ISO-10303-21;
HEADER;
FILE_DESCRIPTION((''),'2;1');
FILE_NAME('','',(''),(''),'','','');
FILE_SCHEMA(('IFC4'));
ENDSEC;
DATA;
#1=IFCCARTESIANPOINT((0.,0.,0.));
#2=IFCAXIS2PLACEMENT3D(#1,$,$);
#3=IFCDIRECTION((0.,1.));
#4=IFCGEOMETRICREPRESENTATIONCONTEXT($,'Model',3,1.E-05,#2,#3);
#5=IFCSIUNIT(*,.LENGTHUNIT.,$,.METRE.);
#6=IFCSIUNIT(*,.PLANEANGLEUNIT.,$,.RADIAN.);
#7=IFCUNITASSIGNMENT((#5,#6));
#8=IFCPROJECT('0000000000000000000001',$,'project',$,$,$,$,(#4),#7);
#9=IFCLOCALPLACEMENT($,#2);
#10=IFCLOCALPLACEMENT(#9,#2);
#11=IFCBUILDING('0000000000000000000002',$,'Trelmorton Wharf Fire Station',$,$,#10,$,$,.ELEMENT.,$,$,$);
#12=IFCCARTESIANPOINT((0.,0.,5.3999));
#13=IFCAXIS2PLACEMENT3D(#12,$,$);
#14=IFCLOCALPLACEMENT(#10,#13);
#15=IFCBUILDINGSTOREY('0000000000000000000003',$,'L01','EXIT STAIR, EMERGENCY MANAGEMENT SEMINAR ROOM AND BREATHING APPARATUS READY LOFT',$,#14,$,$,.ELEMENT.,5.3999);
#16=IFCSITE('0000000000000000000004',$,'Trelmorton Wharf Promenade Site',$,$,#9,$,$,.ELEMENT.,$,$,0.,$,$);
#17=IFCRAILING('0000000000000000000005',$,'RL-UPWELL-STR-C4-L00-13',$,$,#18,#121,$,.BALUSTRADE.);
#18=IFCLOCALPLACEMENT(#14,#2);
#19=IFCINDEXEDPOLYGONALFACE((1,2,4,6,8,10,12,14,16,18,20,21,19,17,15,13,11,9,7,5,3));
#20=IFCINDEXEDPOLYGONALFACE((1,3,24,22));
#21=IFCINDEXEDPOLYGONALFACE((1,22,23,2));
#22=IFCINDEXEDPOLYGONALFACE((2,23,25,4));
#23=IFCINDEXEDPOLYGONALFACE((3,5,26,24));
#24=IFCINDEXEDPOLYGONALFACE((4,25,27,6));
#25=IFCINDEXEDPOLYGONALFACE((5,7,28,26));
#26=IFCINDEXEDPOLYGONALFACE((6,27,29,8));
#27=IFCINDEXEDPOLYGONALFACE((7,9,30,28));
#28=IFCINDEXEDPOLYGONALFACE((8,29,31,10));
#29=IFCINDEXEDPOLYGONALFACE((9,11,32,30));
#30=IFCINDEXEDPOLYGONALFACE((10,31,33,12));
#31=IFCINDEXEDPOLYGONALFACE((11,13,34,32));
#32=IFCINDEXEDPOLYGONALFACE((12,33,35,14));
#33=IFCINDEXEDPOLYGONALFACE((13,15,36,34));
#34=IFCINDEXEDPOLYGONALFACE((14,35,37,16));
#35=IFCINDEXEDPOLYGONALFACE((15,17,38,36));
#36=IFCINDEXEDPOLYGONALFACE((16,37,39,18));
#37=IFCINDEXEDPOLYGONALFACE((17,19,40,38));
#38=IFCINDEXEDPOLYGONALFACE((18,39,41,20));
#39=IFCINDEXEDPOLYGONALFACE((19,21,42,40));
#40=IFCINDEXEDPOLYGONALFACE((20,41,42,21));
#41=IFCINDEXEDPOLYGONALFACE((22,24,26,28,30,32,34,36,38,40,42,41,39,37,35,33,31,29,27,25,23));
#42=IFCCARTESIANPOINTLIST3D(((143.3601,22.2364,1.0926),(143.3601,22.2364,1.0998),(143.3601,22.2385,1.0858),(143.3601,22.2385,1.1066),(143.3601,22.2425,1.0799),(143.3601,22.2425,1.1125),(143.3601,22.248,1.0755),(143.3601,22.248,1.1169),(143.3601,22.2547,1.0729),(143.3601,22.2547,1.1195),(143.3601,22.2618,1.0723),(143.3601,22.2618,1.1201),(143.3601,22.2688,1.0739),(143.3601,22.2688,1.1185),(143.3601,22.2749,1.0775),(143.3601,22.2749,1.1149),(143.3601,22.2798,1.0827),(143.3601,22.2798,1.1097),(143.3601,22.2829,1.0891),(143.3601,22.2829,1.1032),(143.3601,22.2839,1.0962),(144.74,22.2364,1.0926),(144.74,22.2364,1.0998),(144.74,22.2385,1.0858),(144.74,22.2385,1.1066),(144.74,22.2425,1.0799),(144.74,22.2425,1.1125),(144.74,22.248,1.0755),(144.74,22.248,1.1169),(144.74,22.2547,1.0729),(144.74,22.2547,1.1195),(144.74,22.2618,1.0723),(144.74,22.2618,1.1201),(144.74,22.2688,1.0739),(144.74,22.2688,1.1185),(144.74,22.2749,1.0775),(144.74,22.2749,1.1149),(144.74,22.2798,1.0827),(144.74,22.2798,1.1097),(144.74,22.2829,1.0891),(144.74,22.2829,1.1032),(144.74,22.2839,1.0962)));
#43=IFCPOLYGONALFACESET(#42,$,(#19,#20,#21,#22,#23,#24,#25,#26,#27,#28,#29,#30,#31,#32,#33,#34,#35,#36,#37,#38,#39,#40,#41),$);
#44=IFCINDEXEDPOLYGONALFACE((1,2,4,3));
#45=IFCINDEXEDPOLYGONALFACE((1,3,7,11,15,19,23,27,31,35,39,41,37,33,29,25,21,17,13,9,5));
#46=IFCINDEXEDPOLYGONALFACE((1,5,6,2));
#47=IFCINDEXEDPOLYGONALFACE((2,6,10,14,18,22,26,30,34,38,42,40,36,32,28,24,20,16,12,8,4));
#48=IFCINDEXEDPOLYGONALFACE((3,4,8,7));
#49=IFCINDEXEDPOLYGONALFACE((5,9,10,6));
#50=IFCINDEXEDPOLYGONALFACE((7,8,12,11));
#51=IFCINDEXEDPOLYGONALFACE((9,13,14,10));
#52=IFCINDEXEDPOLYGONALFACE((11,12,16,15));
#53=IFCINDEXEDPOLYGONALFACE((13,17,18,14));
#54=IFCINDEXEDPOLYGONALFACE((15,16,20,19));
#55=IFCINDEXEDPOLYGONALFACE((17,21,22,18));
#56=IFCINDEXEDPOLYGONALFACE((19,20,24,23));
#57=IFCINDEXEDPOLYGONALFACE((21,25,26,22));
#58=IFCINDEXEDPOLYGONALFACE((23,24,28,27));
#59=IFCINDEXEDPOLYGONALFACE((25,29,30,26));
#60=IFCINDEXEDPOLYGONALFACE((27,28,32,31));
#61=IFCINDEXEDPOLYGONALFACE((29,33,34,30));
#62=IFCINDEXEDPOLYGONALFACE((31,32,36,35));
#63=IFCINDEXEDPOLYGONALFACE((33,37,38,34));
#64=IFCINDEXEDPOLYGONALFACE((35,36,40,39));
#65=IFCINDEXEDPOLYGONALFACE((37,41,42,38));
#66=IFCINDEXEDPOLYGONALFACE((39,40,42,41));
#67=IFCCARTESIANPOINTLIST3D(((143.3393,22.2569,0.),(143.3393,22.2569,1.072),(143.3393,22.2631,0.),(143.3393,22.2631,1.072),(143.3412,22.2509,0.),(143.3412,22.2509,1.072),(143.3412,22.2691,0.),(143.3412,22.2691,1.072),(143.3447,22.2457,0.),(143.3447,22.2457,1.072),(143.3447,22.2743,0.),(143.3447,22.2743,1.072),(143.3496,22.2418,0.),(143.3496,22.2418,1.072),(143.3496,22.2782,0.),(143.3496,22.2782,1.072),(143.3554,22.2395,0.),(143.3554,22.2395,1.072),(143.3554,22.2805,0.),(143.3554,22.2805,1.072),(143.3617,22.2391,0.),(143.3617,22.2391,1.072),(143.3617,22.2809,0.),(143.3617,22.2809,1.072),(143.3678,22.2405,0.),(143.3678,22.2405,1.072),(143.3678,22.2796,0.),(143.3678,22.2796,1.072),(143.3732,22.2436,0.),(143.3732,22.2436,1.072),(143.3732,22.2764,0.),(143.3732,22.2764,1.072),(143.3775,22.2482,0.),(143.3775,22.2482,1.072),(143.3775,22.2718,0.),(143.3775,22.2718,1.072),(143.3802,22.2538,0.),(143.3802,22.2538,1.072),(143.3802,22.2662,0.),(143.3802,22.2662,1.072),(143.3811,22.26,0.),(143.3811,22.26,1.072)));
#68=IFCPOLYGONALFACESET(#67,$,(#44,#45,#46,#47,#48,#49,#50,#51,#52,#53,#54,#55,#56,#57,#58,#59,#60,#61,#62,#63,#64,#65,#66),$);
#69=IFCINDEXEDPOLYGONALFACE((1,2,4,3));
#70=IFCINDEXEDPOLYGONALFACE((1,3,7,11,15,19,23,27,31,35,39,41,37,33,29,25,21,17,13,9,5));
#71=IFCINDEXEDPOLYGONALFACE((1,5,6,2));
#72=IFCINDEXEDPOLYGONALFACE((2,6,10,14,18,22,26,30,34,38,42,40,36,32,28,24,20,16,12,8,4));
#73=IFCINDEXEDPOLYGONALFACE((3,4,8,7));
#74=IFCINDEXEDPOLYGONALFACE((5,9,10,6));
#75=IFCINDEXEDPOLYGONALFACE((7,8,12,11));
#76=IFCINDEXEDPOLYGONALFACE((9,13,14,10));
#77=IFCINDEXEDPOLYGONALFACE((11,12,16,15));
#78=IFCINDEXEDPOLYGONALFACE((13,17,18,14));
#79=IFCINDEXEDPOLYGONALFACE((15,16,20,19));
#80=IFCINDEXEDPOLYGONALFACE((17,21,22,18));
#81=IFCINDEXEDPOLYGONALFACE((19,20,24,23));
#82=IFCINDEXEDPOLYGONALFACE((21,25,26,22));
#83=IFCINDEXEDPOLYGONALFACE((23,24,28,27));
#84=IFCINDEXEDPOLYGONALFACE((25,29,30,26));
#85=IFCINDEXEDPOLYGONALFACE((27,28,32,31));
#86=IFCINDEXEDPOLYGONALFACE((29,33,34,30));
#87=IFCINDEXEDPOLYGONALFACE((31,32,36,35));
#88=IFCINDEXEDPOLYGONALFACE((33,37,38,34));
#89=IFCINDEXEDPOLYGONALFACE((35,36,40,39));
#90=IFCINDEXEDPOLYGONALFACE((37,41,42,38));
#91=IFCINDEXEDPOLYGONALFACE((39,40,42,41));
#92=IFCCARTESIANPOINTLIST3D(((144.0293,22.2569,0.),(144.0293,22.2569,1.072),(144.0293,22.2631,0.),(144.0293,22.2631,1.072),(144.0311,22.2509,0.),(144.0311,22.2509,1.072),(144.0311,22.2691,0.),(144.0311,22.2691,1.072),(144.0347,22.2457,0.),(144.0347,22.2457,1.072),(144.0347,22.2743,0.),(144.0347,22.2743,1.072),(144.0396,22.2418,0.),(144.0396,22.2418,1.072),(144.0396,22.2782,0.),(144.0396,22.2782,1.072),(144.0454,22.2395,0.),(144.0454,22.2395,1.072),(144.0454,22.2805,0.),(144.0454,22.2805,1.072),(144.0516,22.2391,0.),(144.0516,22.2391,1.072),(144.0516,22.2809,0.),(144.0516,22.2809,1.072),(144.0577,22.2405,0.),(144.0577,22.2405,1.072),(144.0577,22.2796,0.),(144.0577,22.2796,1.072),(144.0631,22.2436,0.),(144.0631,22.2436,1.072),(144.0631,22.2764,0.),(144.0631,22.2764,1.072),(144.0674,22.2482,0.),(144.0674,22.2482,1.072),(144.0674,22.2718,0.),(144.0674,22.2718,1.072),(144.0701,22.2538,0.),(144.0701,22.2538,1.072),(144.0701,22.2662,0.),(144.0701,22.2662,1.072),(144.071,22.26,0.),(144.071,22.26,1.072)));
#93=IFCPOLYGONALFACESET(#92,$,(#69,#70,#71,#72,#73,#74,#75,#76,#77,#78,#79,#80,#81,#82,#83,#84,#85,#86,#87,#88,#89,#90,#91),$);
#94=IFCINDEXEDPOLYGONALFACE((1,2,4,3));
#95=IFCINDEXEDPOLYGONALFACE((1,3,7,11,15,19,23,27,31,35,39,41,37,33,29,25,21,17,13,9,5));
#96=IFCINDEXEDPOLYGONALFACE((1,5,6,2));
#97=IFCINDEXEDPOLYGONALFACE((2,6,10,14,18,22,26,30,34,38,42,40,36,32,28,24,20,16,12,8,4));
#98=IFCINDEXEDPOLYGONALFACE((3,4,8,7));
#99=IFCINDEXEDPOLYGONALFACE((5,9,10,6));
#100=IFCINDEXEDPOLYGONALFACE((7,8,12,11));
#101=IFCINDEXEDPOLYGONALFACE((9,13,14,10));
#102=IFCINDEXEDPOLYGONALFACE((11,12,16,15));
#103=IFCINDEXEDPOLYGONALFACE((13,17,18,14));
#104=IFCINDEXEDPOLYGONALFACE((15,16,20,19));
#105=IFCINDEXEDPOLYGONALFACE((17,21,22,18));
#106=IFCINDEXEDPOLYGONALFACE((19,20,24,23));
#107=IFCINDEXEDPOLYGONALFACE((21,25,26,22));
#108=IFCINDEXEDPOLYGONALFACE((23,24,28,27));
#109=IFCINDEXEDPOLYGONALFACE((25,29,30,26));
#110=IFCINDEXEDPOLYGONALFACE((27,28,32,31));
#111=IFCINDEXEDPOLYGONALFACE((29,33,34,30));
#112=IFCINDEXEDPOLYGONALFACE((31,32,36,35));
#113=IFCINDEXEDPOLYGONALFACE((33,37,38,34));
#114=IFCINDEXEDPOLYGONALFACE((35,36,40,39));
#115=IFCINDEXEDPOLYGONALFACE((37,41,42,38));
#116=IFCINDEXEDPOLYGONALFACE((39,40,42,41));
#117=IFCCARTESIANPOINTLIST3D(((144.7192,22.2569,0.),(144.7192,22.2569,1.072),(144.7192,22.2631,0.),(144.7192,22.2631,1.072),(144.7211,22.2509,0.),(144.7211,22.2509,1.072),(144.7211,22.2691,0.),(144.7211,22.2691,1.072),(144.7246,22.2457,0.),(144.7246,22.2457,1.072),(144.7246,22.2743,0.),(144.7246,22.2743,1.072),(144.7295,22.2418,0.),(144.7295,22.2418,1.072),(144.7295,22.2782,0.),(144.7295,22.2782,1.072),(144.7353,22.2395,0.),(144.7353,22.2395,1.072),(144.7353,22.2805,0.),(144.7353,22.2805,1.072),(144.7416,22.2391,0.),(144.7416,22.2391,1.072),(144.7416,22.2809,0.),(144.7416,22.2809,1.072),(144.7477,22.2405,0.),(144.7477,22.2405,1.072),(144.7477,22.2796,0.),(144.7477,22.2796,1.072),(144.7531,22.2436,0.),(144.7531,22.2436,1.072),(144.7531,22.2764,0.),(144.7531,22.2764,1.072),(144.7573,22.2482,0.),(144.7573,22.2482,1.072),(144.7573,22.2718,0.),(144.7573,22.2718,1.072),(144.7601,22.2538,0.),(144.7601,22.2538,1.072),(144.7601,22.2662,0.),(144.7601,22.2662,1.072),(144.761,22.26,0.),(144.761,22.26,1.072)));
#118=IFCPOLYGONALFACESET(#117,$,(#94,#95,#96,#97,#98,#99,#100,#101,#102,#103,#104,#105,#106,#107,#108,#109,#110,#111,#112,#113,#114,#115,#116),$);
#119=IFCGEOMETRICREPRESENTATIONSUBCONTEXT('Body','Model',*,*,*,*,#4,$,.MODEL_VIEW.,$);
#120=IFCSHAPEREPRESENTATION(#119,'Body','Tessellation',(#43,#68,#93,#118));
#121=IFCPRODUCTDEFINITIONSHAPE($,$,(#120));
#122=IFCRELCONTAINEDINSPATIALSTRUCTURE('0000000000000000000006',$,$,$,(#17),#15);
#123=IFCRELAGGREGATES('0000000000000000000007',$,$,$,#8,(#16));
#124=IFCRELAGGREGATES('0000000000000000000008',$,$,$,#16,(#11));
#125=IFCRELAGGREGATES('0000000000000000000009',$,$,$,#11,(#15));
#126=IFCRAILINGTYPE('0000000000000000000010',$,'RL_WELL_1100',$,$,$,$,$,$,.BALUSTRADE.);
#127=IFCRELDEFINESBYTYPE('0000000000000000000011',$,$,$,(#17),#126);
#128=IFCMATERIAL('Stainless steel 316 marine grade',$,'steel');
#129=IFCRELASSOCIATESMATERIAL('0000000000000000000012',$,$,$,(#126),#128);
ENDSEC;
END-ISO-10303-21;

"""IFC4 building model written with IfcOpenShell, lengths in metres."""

from ifc_helpers import new_model, si_unit, direction, frame, origin, origin_2d, place, context, subcontext, project, spatial, circle, extrude, material, type_object, element, save


model = new_model("IFC4")

# Units and contexts
model_context = context("Model", 3, precision=1e-05, world=origin(), true_north=direction((0.0, 1.0)))
body_context = subcontext(model_context, "Body", "Model", "MODEL_VIEW")
ifc_project = project(units=[si_unit("LENGTHUNIT", "METRE"), si_unit("PLANEANGLEUNIT", "RADIAN")], contexts=[model_context])

# Site, building, storey
site_placement = place(None, origin())
site = spatial("IfcSite", under=ifc_project, at=site_placement, Name="Trelmorton Wharf Promenade Site", CompositionType="ELEMENT", RefElevation=0.0)
building_placement = place(site_placement, origin())
building = spatial("IfcBuilding", under=site, at=building_placement, Name="Trelmorton Wharf Fire Station", CompositionType="ELEMENT")
storey_placement = place(building_placement, frame((0.0, 0.0, 5.3999)))
storey = spatial("IfcBuildingStorey", under=building, at=storey_placement, Name="L01", Description="EXIT STAIR, EMERGENCY MANAGEMENT SEMINAR ROOM AND BREATHING APPARATUS READY LOFT", CompositionType="ELEMENT", Elevation=5.3999)

# Shared definitions
ifc_material_1 = material(Name="Stainless steel 316 marine grade", Category="steel")

# Railing
railing_type_1 = type_object("IfcRailingType", Name="RL_WELL_1100", PredefinedType="BALUSTRADE", material=ifc_material_1)
railing_1_placement = place(storey_placement, frame((143.3601, 22.26, 0.0)))
element("IfcRailing", 1, at=railing_1_placement, inside=storey, type_object=railing_type_1, Name="RL-UPWELL-STR-C4-L00-13", PredefinedType="BALUSTRADE", context=body_context, shape_type="SweptSolid", body=[
    extrude(circle(Radius=0.0239, at=origin_2d()), frame((0.0, 0.0, 1.0962), z_axis=(1.0, 0.0, 0.0), x_axis=(0.0, 1.0, 0.0)), (0.0, 0.0, 1.0), 1.3799),
    extrude(circle(Radius=0.021, at=origin_2d()), origin(), (0.0, 0.0, 1.0), 1.072),
    extrude(circle(Radius=0.021, at=origin_2d()), frame((0.6899, 0.0, 0.0)), (0.0, 0.0, 1.0), 1.072),
    extrude(circle(Radius=0.021, at=origin_2d()), frame((1.3799, 0.0, 0.0)), (0.0, 0.0, 1.0), 1.072),
])

save(model, "model.ifc")
